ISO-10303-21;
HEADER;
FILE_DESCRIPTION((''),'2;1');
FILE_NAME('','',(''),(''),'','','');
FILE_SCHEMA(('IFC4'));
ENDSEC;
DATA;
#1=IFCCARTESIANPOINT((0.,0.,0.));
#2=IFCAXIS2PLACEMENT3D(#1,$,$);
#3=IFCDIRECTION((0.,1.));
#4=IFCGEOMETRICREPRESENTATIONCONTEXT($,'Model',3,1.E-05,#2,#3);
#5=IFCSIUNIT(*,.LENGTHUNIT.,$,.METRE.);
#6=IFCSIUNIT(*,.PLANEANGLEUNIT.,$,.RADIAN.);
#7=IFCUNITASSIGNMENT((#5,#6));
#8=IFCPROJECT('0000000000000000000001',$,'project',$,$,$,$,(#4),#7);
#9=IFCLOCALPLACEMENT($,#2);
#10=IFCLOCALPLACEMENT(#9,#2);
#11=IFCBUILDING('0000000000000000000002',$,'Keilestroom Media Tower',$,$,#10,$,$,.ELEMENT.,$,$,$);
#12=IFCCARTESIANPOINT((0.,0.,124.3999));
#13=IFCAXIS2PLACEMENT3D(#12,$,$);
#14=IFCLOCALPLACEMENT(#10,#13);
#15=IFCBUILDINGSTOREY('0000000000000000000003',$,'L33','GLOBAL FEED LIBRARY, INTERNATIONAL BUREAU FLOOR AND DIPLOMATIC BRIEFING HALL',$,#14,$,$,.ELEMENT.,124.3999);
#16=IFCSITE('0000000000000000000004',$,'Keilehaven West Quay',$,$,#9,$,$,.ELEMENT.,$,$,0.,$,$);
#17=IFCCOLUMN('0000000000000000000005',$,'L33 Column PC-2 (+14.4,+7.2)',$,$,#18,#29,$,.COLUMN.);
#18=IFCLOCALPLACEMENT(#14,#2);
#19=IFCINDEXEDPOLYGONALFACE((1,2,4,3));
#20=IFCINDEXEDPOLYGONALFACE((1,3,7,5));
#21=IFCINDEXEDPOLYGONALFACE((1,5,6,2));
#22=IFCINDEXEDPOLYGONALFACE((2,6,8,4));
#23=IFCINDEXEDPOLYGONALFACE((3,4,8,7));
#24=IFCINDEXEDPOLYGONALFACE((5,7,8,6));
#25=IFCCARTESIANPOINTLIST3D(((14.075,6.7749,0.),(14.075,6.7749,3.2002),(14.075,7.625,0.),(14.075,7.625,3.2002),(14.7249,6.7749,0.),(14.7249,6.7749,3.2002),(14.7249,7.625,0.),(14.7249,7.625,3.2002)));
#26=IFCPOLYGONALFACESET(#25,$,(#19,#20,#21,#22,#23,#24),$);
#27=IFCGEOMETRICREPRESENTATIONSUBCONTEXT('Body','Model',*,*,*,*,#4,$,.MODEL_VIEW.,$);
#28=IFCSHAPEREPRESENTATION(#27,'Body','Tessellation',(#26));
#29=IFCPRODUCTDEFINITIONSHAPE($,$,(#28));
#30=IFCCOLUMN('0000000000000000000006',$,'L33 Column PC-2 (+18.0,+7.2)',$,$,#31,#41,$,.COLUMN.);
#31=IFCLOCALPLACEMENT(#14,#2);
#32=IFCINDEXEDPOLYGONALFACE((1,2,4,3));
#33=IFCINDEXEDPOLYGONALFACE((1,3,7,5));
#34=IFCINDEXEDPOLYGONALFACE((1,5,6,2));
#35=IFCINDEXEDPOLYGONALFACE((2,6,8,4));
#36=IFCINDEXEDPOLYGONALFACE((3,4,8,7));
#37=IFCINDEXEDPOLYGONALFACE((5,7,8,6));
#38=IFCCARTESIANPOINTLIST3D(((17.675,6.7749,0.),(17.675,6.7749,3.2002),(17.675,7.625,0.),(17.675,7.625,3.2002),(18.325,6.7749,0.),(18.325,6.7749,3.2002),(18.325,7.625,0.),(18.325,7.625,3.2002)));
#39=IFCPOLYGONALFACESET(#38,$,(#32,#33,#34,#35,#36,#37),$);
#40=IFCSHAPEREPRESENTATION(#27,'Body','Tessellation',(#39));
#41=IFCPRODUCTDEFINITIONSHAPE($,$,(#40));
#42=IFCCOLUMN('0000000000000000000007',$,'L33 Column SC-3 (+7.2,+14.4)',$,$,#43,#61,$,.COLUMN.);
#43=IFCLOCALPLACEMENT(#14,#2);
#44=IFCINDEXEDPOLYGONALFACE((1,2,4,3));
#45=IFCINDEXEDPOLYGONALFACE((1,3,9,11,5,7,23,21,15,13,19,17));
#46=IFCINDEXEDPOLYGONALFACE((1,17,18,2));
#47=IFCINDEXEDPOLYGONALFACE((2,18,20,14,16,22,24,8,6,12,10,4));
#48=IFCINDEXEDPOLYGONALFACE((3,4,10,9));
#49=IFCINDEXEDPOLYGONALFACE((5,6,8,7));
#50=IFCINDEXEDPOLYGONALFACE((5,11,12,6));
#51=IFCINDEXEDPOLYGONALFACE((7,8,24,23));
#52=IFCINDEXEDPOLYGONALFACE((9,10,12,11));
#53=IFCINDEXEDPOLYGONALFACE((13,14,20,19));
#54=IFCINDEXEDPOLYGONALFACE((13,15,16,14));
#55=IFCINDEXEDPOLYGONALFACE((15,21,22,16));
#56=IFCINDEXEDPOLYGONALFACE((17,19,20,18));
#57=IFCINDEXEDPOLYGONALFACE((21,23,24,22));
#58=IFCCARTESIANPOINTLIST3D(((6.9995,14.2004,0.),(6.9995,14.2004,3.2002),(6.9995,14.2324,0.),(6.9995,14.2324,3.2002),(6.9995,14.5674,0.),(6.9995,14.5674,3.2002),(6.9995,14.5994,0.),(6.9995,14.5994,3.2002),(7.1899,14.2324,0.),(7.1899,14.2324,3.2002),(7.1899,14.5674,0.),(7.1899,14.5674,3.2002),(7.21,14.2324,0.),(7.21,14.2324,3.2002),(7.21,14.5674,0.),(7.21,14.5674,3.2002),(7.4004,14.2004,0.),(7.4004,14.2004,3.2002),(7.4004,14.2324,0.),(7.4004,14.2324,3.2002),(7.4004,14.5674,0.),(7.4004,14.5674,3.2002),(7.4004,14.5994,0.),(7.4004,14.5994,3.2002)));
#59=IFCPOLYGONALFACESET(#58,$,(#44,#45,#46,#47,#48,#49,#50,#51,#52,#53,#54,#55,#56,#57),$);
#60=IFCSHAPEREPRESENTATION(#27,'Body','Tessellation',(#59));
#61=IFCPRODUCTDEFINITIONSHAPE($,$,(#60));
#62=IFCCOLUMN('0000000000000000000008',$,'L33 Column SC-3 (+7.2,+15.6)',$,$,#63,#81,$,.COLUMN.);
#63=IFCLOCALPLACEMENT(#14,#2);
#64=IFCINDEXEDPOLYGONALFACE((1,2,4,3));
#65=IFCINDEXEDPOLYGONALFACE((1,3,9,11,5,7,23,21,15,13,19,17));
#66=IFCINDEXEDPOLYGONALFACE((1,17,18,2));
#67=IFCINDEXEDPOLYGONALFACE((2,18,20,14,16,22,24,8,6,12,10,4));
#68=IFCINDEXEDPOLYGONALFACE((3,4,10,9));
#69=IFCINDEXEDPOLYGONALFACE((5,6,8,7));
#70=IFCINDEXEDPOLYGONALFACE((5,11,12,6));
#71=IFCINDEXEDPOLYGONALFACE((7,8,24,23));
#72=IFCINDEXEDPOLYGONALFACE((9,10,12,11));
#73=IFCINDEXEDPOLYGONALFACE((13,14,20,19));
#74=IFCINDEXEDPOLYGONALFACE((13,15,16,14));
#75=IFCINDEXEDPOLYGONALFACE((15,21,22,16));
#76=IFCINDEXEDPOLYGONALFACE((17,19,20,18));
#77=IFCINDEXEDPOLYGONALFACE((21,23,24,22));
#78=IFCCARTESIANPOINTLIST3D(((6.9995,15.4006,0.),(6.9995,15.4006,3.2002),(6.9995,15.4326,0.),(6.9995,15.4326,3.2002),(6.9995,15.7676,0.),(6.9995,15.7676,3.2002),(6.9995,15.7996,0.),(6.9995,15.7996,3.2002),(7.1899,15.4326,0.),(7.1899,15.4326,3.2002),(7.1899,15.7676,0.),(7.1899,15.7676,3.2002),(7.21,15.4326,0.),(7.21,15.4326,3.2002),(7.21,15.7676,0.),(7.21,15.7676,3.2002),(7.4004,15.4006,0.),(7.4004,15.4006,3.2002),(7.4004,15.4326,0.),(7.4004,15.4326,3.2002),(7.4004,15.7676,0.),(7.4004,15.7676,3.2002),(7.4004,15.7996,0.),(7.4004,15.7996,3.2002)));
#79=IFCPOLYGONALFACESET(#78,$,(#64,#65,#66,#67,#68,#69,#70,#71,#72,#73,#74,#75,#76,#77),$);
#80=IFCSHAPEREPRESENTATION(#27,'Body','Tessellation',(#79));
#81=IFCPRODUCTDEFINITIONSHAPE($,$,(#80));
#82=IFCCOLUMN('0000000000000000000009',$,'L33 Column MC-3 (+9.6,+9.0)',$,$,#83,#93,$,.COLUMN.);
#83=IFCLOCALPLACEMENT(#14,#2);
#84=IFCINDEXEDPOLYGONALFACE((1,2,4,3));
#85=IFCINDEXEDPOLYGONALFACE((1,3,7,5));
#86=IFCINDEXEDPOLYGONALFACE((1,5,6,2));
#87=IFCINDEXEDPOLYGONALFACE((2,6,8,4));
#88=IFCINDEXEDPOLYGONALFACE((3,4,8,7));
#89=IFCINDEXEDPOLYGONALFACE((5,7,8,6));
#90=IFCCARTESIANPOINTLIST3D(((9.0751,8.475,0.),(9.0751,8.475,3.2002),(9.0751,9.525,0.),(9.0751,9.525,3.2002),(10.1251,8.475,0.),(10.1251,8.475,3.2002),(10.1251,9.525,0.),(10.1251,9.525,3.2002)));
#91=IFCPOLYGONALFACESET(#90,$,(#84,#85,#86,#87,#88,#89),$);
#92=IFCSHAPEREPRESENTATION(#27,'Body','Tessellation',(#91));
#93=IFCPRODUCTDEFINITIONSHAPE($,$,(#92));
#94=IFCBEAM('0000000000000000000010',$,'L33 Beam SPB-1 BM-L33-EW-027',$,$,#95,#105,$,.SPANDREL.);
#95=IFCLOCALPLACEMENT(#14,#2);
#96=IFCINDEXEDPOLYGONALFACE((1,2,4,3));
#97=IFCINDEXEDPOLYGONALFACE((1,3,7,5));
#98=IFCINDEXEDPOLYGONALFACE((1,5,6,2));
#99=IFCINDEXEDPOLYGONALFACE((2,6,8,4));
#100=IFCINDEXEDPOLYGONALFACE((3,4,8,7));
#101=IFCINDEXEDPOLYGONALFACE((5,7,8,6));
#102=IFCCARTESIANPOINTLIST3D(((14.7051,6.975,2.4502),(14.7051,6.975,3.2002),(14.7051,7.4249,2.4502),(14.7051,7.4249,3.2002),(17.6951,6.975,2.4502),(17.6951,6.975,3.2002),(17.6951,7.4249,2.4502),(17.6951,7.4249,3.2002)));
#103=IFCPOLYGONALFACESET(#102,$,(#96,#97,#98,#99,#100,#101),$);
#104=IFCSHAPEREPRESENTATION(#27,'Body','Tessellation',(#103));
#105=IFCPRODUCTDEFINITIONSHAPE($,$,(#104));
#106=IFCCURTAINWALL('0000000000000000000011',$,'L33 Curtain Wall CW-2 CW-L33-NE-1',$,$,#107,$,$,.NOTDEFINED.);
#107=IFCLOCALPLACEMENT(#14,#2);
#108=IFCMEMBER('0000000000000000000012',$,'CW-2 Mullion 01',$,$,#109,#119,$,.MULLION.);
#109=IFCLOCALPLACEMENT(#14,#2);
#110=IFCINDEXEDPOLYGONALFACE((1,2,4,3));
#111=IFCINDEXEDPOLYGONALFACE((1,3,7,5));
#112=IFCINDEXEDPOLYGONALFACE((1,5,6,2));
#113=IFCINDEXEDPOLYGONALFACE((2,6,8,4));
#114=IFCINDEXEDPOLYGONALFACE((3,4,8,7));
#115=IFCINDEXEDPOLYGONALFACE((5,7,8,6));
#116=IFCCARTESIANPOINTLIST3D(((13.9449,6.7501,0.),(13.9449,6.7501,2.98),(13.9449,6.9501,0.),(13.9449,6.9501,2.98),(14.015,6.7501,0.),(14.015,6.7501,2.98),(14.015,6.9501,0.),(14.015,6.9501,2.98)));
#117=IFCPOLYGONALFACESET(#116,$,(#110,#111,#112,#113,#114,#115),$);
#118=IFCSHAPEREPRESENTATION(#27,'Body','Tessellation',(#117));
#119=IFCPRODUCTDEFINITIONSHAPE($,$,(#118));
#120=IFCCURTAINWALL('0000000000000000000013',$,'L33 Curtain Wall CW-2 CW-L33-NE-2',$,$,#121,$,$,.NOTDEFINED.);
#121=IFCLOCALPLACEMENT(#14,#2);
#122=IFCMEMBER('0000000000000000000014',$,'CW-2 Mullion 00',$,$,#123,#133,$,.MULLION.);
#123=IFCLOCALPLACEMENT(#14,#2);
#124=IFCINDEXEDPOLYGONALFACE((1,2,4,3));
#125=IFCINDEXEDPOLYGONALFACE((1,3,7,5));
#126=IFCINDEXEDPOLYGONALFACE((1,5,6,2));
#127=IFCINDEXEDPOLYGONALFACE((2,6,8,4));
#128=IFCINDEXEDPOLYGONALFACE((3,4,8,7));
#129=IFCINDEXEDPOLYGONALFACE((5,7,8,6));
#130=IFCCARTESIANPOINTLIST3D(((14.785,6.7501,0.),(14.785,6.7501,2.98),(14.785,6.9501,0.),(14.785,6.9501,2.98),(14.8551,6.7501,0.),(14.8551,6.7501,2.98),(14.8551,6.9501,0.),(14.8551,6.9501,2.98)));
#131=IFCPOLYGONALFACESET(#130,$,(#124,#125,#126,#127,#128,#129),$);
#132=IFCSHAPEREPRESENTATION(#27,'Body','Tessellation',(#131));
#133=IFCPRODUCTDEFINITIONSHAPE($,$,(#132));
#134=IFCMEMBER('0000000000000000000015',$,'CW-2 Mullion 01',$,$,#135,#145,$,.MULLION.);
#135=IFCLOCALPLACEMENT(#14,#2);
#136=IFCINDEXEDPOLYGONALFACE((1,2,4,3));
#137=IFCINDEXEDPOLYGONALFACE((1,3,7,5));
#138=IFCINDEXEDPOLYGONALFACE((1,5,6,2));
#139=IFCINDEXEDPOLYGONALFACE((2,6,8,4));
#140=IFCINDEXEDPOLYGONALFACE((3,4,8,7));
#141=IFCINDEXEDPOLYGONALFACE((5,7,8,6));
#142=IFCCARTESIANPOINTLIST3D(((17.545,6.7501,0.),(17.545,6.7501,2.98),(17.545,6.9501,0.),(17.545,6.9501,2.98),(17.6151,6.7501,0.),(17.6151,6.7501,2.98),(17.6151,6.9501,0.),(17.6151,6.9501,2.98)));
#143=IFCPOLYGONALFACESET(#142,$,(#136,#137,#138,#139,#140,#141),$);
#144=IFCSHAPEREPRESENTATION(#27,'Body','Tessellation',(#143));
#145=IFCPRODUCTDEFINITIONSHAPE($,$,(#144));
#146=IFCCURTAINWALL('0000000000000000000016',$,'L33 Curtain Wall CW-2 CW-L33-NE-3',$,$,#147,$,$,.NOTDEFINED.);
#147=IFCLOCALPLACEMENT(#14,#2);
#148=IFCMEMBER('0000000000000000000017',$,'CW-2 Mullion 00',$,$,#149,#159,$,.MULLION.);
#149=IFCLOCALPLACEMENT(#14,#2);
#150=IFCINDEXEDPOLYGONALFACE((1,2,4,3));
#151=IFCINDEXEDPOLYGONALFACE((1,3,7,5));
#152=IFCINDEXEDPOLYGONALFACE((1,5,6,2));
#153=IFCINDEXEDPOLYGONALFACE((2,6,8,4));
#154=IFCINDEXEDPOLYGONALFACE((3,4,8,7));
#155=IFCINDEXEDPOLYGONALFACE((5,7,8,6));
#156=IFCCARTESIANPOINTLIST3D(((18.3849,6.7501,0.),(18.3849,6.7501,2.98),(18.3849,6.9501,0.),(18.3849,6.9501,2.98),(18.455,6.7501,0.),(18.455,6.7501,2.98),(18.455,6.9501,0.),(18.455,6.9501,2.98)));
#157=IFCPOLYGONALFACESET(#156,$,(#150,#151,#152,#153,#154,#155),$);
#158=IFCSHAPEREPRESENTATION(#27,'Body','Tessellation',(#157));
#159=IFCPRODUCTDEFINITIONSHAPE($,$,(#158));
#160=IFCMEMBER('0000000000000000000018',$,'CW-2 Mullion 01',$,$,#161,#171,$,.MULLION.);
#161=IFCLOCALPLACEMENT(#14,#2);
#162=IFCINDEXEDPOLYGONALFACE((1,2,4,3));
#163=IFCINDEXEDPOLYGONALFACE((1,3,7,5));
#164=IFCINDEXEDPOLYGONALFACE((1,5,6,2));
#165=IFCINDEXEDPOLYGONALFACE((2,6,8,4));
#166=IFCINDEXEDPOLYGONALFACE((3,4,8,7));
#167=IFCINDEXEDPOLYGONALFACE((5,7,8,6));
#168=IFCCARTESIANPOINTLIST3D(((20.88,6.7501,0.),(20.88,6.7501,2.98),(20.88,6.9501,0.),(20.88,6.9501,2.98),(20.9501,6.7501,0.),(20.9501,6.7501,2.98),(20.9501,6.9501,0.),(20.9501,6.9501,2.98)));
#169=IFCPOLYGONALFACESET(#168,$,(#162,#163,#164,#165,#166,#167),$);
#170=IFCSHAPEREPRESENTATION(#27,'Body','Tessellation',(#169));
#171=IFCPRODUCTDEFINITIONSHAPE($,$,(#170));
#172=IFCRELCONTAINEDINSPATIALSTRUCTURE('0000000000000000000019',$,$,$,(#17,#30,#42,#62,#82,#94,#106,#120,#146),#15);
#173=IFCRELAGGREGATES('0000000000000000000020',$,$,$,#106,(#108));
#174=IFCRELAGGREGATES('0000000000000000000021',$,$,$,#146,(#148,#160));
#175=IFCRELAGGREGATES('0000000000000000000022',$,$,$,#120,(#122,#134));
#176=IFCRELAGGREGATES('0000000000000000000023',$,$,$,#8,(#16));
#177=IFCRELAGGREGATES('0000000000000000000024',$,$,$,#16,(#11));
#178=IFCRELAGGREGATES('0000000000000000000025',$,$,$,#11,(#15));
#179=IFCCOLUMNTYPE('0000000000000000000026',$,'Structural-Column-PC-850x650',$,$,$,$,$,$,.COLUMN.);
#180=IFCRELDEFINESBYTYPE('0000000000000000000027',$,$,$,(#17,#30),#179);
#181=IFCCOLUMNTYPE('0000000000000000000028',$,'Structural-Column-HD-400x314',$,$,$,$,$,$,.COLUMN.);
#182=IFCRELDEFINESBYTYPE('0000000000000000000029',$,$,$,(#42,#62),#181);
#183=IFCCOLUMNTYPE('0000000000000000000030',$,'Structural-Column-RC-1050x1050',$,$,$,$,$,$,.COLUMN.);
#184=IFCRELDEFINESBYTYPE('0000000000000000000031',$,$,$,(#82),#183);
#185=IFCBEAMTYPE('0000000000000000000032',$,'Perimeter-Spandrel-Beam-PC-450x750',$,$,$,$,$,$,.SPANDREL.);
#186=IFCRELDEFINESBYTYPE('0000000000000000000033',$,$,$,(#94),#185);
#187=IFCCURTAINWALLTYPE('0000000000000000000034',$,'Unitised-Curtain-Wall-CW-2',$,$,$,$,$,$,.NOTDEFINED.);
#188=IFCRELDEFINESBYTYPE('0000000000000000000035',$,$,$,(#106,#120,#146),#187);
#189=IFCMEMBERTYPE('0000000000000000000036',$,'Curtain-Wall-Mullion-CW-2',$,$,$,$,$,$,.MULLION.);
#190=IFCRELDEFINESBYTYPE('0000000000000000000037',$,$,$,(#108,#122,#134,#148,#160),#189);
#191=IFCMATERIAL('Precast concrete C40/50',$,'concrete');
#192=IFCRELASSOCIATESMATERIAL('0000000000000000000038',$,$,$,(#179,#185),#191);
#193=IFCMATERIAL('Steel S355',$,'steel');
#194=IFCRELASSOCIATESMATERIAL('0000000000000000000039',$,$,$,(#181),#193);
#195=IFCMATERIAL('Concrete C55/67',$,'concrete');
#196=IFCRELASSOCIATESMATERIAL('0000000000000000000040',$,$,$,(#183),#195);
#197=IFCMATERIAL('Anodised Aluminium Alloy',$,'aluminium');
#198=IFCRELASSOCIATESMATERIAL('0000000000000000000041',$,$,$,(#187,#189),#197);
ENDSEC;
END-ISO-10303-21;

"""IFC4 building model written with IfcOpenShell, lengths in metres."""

from ifc_helpers import new_model, si_unit, direction, frame, origin, origin_2d, place, context, subcontext, project, spatial, rectangle, i_section, extrude, source, transform, mapped, material, material_profile, profile_set, type_object, element, aggregate, save


model = new_model("IFC4")

# Units and contexts
model_context = context("Model", 3, precision=1e-05, world=origin(), true_north=direction((0.0, 1.0)))
body_context = subcontext(model_context, "Body", "Model", "MODEL_VIEW")
ifc_project = project(units=[si_unit("LENGTHUNIT", "METRE"), si_unit("PLANEANGLEUNIT", "RADIAN")], contexts=[model_context])

# Site, building, storey
site_placement = place(None, origin())
site = spatial("IfcSite", under=ifc_project, at=site_placement, Name="Keilehaven West Quay", CompositionType="ELEMENT", RefElevation=0.0)
building_placement = place(site_placement, origin())
building = spatial("IfcBuilding", under=site, at=building_placement, Name="Keilestroom Media Tower", CompositionType="ELEMENT")
storey_placement = place(building_placement, frame((0.0, 0.0, 124.3999)))
storey = spatial("IfcBuildingStorey", under=building, at=storey_placement, Name="L33", Description="GLOBAL FEED LIBRARY, INTERNATIONAL BUREAU FLOOR AND DIPLOMATIC BRIEFING HALL", CompositionType="ELEMENT", Elevation=124.3999)

# Columns
ifc_material_1 = material(Name="Precast concrete C40/50", Category="concrete")
ifc_material_profile_1 = material_profile(ifc_material_1, rectangle(XDim=0.6499, YDim=0.8501, at=origin_2d()), Name="PC 850x650")
ifc_profile_set_1 = profile_set([ifc_material_profile_1], Name="Precast concrete C40/50")
column_type_1 = type_object("IfcColumnType", Name="Structural-Column-PC-850x650", PredefinedType="COLUMN", material=ifc_profile_set_1)
shared_shape_1 = source(origin(), body_context, "Body", "SweptSolid", [
    extrude(rectangle(XDim=0.6499, YDim=0.8501, at=origin_2d()), origin(), (0.0, 0.0, 1.0), 3.2002),
])
for number, where, z_axis, x_axis, name in (
    (1, (14.3999, 7.2, 0.0), (0.0, 0.0, 1.0), (1.0, 0.0, 0.0), "L33 Column PC-2 (+14.4,+7.2)"),
    (2, (18.0, 7.2, 0.0), (0.0, 0.0, 1.0), (1.0, 0.0, 0.0), "L33 Column PC-2 (+18.0,+7.2)"),
):
    element("IfcColumn", number, at=place(storey_placement, frame(where, z_axis=z_axis, x_axis=x_axis)), inside=storey, type_object=column_type_1, Name=name, PredefinedType="COLUMN", context=body_context, shape_type="MappedRepresentation", body=[
        mapped(shared_shape_1, transform((0.0, 0.0, 0.0), x_axis=(1.0, 0.0, 0.0), y_axis=(0.0, 1.0, 0.0), z_axis=(0.0, 0.0, 1.0), scale=1.0)),
    ])
ifc_material_2 = material(Name="Steel S355", Category="steel")
ifc_material_profile_2 = material_profile(ifc_material_2, i_section(OverallWidth=0.4009, OverallDepth=0.3989, WebThickness=0.02, FlangeThickness=0.032, at=origin_2d()), Name="HD 400x314")
ifc_profile_set_2 = profile_set([ifc_material_profile_2], Name="Steel S355")
column_type_2 = type_object("IfcColumnType", Name="Structural-Column-HD-400x314", PredefinedType="COLUMN", material=ifc_profile_set_2)
shared_shape_2 = source(origin(), body_context, "Body", "SweptSolid", [
    extrude(i_section(OverallWidth=0.4009, OverallDepth=0.3989, WebThickness=0.02, FlangeThickness=0.032, at=origin_2d()), origin(), (0.0, 0.0, 1.0), 3.2002),
])
for number, where, z_axis, x_axis, name in (
    (3, (7.2, 14.3999, 0.0), (0.0, 0.0, 1.0), (1.0, 0.0, 0.0), "L33 Column SC-3 (+7.2,+14.4)"),
    (4, (7.2, 15.6001, 0.0), (0.0, 0.0, 1.0), (1.0, 0.0, 0.0), "L33 Column SC-3 (+7.2,+15.6)"),
):
    element("IfcColumn", number, at=place(storey_placement, frame(where, z_axis=z_axis, x_axis=x_axis)), inside=storey, type_object=column_type_2, Name=name, PredefinedType="COLUMN", context=body_context, shape_type="MappedRepresentation", body=[
        mapped(shared_shape_2, transform((0.0, 0.0, 0.0), x_axis=(1.0, 0.0, 0.0), y_axis=(0.0, 1.0, 0.0), z_axis=(0.0, 0.0, 1.0), scale=1.0)),
    ])
ifc_material_3 = material(Name="Concrete C55/67", Category="concrete")
ifc_material_profile_3 = material_profile(ifc_material_3, rectangle(XDim=1.05, YDim=1.05, at=origin_2d()), Name="RC 1050x1050")
ifc_profile_set_3 = profile_set([ifc_material_profile_3], Name="Concrete C55/67")
column_type_3 = type_object("IfcColumnType", Name="Structural-Column-RC-1050x1050", PredefinedType="COLUMN", material=ifc_profile_set_3)
shared_shape_3 = source(origin(), body_context, "Body", "SweptSolid", [
    extrude(rectangle(XDim=1.05, YDim=1.05, at=origin_2d()), origin(), (0.0, 0.0, 1.0), 3.2002),
])
column_placement = place(storey_placement, frame((9.6001, 9.0, 0.0), z_axis=(0.0, 0.0, 1.0), x_axis=(1.0, 0.0, 0.0)))
element("IfcColumn", 5, at=column_placement, inside=storey, type_object=column_type_3, Name="L33 Column MC-3 (+9.6,+9.0)", PredefinedType="COLUMN", context=body_context, shape_type="MappedRepresentation", body=[
    mapped(shared_shape_3, transform((0.0, 0.0, 0.0), x_axis=(1.0, 0.0, 0.0), y_axis=(0.0, 1.0, 0.0), z_axis=(0.0, 0.0, 1.0), scale=1.0)),
])

# Beam
ifc_material_profile_4 = material_profile(ifc_material_1, rectangle(XDim=0.45, YDim=0.75, at=origin_2d()), Name="PC 450x750")
ifc_profile_set_4 = profile_set([ifc_material_profile_4], Name="Precast concrete C40/50")
beam_type = type_object("IfcBeamType", Name="Perimeter-Spandrel-Beam-PC-450x750", PredefinedType="SPANDREL", material=ifc_profile_set_4)
shared_shape_4 = source(origin(), body_context, "Body", "SweptSolid", [
    extrude(rectangle(XDim=0.45, YDim=0.75, at=origin_2d()), origin(), (0.0, 0.0, 1.0), 2.99),
])
beam_placement = place(storey_placement, frame((14.7051, 7.2, 2.8252), z_axis=(1.0, 0.0, 0.0), x_axis=(0.0, 1.0, 0.0)))
element("IfcBeam", 6, at=beam_placement, inside=storey, type_object=beam_type, Name="L33 Beam SPB-1 BM-L33-EW-027", PredefinedType="SPANDREL", context=body_context, shape_type="MappedRepresentation", body=[
    mapped(shared_shape_4, transform((0.0, 0.0, 0.0), x_axis=(1.0, 0.0, 0.0), y_axis=(0.0, 1.0, 0.0), z_axis=(0.0, 0.0, 1.0), scale=1.0)),
])

# Curtain wall, member
ifc_material_4 = material(Name="Anodised Aluminium Alloy", Category="aluminium")
curtain_wall_type = type_object("IfcCurtainWallType", Name="Unitised-Curtain-Wall-CW-2", PredefinedType="NOTDEFINED", material=ifc_material_4)
curtain_wall_1_placement = place(storey_placement, origin())
curtain_wall_1 = element("IfcCurtainWall", 7, at=curtain_wall_1_placement, inside=storey, type_object=curtain_wall_type, Name="L33 Curtain Wall CW-2 CW-L33-NE-1", PredefinedType="NOTDEFINED")
ifc_material_profile_5 = material_profile(ifc_material_4, rectangle(XDim=0.0701, YDim=0.2, at=origin_2d()), Name="ALU MULLION 70x200")
ifc_profile_set_5 = profile_set([ifc_material_profile_5], Name="Anodised Aluminium Alloy")
member_type_1 = type_object("IfcMemberType", Name="Curtain-Wall-Mullion-CW-2", PredefinedType="MULLION", material=ifc_profile_set_5)
shared_shape_5 = source(origin(), body_context, "Body", "SweptSolid", [
    extrude(rectangle(XDim=0.0701, YDim=0.2, at=origin_2d()), origin(), (0.0, 0.0, 1.0), 2.98),
])
member_1_placement = place(storey_placement, frame((13.98, 6.8501, 0.0), z_axis=(0.0, 0.0, 1.0), x_axis=(1.0, 0.0, 0.0)))
member_1 = element("IfcMember", 8, at=member_1_placement, type_object=member_type_1, Name="CW-2 Mullion 01", PredefinedType="MULLION", context=body_context, shape_type="MappedRepresentation", body=[
    mapped(shared_shape_5, transform((0.0, 0.0, 0.0), x_axis=(1.0, 0.0, 0.0), y_axis=(0.0, 1.0, 0.0), z_axis=(0.0, 0.0, 1.0), scale=1.0)),
])
aggregate(curtain_wall_1, [member_1])

# Curtain walls, members
curtain_wall_2_placement = place(storey_placement, origin())
curtain_wall_2 = element("IfcCurtainWall", 9, at=curtain_wall_2_placement, inside=storey, type_object=curtain_wall_type, Name="L33 Curtain Wall CW-2 CW-L33-NE-2", PredefinedType="NOTDEFINED")
member_2_placement = place(storey_placement, frame((14.8201, 6.8501, 0.0), z_axis=(0.0, 0.0, 1.0), x_axis=(1.0, 0.0, 0.0)))
member_2 = element("IfcMember", 10, at=member_2_placement, type_object=member_type_1, Name="CW-2 Mullion 00", PredefinedType="MULLION", context=body_context, shape_type="MappedRepresentation", body=[
    mapped(shared_shape_5, transform((0.0, 0.0, 0.0), x_axis=(1.0, 0.0, 0.0), y_axis=(0.0, 1.0, 0.0), z_axis=(0.0, 0.0, 1.0), scale=1.0)),
])
member_3_placement = place(storey_placement, frame((17.5801, 6.8501, 0.0), z_axis=(0.0, 0.0, 1.0), x_axis=(1.0, 0.0, 0.0)))
member_3 = element("IfcMember", 11, at=member_3_placement, type_object=member_type_1, Name="CW-2 Mullion 01", PredefinedType="MULLION", context=body_context, shape_type="MappedRepresentation", body=[
    mapped(shared_shape_5, transform((0.0, 0.0, 0.0), x_axis=(1.0, 0.0, 0.0), y_axis=(0.0, 1.0, 0.0), z_axis=(0.0, 0.0, 1.0), scale=1.0)),
])
curtain_wall_3_placement = place(storey_placement, origin())
curtain_wall_3 = element("IfcCurtainWall", 12, at=curtain_wall_3_placement, inside=storey, type_object=curtain_wall_type, Name="L33 Curtain Wall CW-2 CW-L33-NE-3", PredefinedType="NOTDEFINED")
member_4_placement = place(storey_placement, frame((18.4199, 6.8501, 0.0), z_axis=(0.0, 0.0, 1.0), x_axis=(1.0, 0.0, 0.0)))
member_4 = element("IfcMember", 13, at=member_4_placement, type_object=member_type_1, Name="CW-2 Mullion 00", PredefinedType="MULLION", context=body_context, shape_type="MappedRepresentation", body=[
    mapped(shared_shape_5, transform((0.0, 0.0, 0.0), x_axis=(1.0, 0.0, 0.0), y_axis=(0.0, 1.0, 0.0), z_axis=(0.0, 0.0, 1.0), scale=1.0)),
])
member_5_placement = place(storey_placement, frame((20.915, 6.8501, 0.0), z_axis=(0.0, 0.0, 1.0), x_axis=(1.0, 0.0, 0.0)))
member_5 = element("IfcMember", 14, at=member_5_placement, type_object=member_type_1, Name="CW-2 Mullion 01", PredefinedType="MULLION", context=body_context, shape_type="MappedRepresentation", body=[
    mapped(shared_shape_5, transform((0.0, 0.0, 0.0), x_axis=(1.0, 0.0, 0.0), y_axis=(0.0, 1.0, 0.0), z_axis=(0.0, 0.0, 1.0), scale=1.0)),
])

aggregate(curtain_wall_3, [member_4, member_5])
aggregate(curtain_wall_2, [member_2, member_3])

save(model, "model.ifc")
